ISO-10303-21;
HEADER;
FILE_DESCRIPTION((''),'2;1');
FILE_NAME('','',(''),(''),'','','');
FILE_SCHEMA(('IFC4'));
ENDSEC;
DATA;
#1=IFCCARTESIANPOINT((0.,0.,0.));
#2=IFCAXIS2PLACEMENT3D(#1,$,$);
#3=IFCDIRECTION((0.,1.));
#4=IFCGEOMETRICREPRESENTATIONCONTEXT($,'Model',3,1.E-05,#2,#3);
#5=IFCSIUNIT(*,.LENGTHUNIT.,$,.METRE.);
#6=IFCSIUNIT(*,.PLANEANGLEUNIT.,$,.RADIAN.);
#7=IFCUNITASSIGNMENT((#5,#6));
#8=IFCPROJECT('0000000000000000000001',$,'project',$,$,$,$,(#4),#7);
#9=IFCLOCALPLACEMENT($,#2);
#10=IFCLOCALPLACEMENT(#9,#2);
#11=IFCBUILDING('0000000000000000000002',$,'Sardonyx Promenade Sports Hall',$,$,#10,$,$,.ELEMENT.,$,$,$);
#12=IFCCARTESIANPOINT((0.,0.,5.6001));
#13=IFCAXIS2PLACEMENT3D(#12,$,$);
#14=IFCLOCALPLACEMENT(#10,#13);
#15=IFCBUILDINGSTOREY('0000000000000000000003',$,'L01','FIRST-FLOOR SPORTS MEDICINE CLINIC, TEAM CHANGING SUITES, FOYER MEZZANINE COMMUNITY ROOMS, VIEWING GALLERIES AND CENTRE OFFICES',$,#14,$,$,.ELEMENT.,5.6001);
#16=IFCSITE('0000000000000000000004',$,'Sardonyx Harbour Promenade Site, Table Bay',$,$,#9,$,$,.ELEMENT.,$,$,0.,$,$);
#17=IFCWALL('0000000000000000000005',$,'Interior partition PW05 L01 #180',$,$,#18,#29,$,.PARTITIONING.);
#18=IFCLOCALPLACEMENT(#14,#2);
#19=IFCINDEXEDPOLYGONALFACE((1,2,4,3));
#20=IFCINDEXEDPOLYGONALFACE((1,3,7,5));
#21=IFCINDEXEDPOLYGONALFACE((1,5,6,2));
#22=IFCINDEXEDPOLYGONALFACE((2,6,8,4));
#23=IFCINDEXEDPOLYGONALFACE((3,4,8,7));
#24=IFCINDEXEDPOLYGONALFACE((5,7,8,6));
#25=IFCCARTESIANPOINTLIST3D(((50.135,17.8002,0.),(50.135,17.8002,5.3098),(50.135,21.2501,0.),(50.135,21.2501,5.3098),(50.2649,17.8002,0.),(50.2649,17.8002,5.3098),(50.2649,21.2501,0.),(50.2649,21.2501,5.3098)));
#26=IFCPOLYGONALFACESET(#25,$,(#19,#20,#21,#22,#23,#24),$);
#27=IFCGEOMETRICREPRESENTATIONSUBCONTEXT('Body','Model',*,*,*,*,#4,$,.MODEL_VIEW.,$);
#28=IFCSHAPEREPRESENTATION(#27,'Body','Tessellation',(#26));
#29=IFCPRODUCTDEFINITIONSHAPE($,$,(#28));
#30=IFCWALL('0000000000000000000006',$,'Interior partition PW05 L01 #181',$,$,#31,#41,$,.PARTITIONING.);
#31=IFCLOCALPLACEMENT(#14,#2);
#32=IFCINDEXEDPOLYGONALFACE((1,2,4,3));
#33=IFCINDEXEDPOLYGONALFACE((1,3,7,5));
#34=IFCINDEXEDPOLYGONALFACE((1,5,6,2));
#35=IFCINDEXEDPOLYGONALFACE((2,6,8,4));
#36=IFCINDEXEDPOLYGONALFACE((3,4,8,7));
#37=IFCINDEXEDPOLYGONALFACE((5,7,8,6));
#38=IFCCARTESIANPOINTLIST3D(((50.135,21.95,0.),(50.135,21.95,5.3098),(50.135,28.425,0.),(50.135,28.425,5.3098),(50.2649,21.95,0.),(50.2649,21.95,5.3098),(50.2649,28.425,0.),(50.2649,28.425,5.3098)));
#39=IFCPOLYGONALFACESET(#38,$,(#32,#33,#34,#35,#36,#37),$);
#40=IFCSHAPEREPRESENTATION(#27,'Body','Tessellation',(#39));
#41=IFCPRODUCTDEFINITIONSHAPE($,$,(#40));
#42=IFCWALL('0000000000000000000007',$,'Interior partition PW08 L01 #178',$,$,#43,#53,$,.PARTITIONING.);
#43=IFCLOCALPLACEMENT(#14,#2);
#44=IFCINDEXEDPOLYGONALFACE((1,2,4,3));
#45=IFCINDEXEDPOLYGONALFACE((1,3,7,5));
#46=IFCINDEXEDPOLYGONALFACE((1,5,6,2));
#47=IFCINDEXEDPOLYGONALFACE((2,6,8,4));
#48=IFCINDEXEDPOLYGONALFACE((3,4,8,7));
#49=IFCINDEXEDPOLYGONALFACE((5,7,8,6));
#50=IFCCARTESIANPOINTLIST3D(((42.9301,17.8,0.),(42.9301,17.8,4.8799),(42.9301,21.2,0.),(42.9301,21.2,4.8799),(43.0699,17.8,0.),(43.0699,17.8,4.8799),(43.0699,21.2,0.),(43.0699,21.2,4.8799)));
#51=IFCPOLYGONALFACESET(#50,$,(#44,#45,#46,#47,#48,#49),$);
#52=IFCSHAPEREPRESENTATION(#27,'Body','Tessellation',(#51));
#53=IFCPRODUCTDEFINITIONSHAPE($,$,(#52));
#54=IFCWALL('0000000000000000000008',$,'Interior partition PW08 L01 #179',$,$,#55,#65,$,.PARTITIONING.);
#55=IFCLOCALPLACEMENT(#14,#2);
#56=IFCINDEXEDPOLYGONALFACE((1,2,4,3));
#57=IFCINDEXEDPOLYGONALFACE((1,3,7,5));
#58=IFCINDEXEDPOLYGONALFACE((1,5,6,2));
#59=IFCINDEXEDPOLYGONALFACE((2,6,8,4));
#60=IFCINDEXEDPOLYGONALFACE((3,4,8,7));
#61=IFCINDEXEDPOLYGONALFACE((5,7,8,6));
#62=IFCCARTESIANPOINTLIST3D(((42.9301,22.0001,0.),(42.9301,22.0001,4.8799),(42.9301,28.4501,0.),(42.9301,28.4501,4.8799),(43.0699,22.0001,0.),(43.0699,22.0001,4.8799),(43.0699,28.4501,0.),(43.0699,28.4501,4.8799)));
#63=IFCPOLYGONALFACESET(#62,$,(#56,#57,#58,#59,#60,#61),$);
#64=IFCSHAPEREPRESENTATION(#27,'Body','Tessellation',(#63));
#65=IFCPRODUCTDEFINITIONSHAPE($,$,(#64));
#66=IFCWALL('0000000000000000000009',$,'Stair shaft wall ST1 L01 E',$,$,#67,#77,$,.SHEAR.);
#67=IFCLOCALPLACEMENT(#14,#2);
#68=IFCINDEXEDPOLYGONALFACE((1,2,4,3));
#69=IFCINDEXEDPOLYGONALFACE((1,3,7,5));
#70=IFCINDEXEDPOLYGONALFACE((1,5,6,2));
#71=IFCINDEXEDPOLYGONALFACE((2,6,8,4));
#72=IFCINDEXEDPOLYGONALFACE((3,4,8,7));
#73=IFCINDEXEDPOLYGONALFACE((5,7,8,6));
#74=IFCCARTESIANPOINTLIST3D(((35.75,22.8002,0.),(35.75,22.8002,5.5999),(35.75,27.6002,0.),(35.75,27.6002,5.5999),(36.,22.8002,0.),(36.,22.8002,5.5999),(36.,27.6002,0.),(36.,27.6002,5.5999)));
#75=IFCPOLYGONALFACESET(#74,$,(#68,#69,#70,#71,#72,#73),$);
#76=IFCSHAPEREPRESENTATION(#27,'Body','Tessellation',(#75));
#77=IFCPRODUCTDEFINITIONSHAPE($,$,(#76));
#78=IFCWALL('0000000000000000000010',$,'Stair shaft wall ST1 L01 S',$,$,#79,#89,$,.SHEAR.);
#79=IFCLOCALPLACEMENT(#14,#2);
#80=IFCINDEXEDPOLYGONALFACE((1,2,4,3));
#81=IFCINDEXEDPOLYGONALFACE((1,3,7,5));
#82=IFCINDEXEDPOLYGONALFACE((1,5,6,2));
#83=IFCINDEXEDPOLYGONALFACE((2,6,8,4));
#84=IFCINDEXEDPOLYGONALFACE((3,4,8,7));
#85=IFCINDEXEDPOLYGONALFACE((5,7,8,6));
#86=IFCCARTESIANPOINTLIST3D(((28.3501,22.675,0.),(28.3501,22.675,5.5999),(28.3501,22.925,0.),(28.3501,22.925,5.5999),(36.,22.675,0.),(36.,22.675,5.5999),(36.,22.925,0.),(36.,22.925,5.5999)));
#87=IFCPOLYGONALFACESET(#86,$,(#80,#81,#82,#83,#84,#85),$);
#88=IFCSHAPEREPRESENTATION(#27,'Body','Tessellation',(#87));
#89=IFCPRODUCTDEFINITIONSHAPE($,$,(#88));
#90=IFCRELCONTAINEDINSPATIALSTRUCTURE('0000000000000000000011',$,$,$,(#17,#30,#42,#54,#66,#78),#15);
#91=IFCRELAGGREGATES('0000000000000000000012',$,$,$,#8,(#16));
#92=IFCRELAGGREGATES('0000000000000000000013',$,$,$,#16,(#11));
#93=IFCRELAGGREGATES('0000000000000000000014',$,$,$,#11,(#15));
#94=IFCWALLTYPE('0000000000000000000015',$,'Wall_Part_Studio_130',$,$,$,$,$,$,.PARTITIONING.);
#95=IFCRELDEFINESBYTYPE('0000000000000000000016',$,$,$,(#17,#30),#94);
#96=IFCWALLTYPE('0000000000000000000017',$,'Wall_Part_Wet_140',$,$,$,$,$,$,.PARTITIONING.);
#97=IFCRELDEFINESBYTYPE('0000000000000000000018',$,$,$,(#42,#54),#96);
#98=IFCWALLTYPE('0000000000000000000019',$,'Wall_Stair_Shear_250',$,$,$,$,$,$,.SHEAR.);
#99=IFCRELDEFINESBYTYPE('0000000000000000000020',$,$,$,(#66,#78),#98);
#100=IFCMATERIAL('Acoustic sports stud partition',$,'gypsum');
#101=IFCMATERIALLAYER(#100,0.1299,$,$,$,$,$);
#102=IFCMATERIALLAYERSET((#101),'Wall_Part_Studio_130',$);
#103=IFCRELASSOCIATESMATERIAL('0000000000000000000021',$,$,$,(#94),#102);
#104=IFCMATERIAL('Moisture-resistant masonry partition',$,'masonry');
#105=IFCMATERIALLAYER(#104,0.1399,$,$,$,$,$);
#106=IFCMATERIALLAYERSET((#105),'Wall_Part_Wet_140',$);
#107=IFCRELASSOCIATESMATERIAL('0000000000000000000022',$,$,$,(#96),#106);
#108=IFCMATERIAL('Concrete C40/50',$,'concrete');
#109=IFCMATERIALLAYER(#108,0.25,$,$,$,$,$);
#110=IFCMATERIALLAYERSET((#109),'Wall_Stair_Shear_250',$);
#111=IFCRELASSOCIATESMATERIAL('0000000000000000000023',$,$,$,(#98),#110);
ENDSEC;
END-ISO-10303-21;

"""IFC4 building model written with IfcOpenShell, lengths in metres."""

from ifc_helpers import new_model, si_unit, direction, frame, frame_2d, origin, place, context, subcontext, project, spatial, rectangle, extrude, material, layer, layer_set, type_object, element, save


model = new_model("IFC4")

# Units and contexts
model_context = context("Model", 3, precision=1e-05, world=origin(), true_north=direction((0.0, 1.0)))
body_context = subcontext(model_context, "Body", "Model", "MODEL_VIEW")
ifc_project = project(units=[si_unit("LENGTHUNIT", "METRE"), si_unit("PLANEANGLEUNIT", "RADIAN")], contexts=[model_context])

# Site, building, storey
site_placement = place(None, origin())
site = spatial("IfcSite", under=ifc_project, at=site_placement, Name="Sardonyx Harbour Promenade Site, Table Bay", CompositionType="ELEMENT", RefElevation=0.0)
building_placement = place(site_placement, origin())
building = spatial("IfcBuilding", under=site, at=building_placement, Name="Sardonyx Promenade Sports Hall", CompositionType="ELEMENT")
storey_placement = place(building_placement, frame((0.0, 0.0, 5.6001)))
storey = spatial("IfcBuildingStorey", under=building, at=storey_placement, Name="L01", Description="FIRST-FLOOR SPORTS MEDICINE CLINIC, TEAM CHANGING SUITES, FOYER MEZZANINE COMMUNITY ROOMS, VIEWING GALLERIES AND CENTRE OFFICES", CompositionType="ELEMENT", Elevation=5.6001)

# Walls
ifc_material_1 = material(Name="Acoustic sports stud partition", Category="gypsum")
ifc_layer_1 = layer(ifc_material_1, 0.1299)
ifc_layer_set_1 = layer_set([ifc_layer_1], Name="Wall_Part_Studio_130")
wall_type_1 = type_object("IfcWallType", Name="Wall_Part_Studio_130", PredefinedType="PARTITIONING", material=ifc_layer_set_1)
wall_1_placement = place(storey_placement, frame((50.2, 17.8, 0.0), z_axis=(0.0, 0.0, 1.0), x_axis=(0.0, 1.0, 0.0)))
element("IfcWall", 1, at=wall_1_placement, inside=storey, type_object=wall_type_1, Name="Interior partition PW05 L01 #180", PredefinedType="PARTITIONING", context=body_context, shape_type="SweptSolid", body=[
    extrude(rectangle(XDim=3.45, YDim=0.1299, at=frame_2d((1.7251, 0.0))), origin(), (0.0, 0.0, 1.0), 5.3098),
])
wall_2_placement = place(storey_placement, frame((50.2, 21.95, 0.0), z_axis=(0.0, 0.0, 1.0), x_axis=(0.0, 1.0, 0.0)))
element("IfcWall", 2, at=wall_2_placement, inside=storey, type_object=wall_type_1, Name="Interior partition PW05 L01 #181", PredefinedType="PARTITIONING", context=body_context, shape_type="SweptSolid", body=[
    extrude(rectangle(XDim=6.4751, YDim=0.1299, at=frame_2d((3.2375, 0.0))), origin(), (0.0, 0.0, 1.0), 5.3098),
])
ifc_material_2 = material(Name="Moisture-resistant masonry partition", Category="masonry")
ifc_layer_2 = layer(ifc_material_2, 0.1399)
ifc_layer_set_2 = layer_set([ifc_layer_2], Name="Wall_Part_Wet_140")
wall_type_2 = type_object("IfcWallType", Name="Wall_Part_Wet_140", PredefinedType="PARTITIONING", material=ifc_layer_set_2)
wall_3_placement = place(storey_placement, frame((43.0, 17.8, 0.0), z_axis=(0.0, 0.0, 1.0), x_axis=(0.0, 1.0, 0.0)))
element("IfcWall", 3, at=wall_3_placement, inside=storey, type_object=wall_type_2, Name="Interior partition PW08 L01 #178", PredefinedType="PARTITIONING", context=body_context, shape_type="SweptSolid", body=[
    extrude(rectangle(XDim=3.3999, YDim=0.1399, at=frame_2d((1.7, 0.0))), origin(), (0.0, 0.0, 1.0), 4.8799),
])
wall_4_placement = place(storey_placement, frame((43.0, 22.0, 0.0), z_axis=(0.0, 0.0, 1.0), x_axis=(0.0, 1.0, 0.0)))
element("IfcWall", 4, at=wall_4_placement, inside=storey, type_object=wall_type_2, Name="Interior partition PW08 L01 #179", PredefinedType="PARTITIONING", context=body_context, shape_type="SweptSolid", body=[
    extrude(rectangle(XDim=6.45, YDim=0.1399, at=frame_2d((3.2251, 0.0))), origin(), (0.0, 0.0, 1.0), 4.8799),
])
ifc_material_3 = material(Name="Concrete C40/50", Category="concrete")
ifc_layer_3 = layer(ifc_material_3, 0.25)
ifc_layer_set_3 = layer_set([ifc_layer_3], Name="Wall_Stair_Shear_250")
wall_type_3 = type_object("IfcWallType", Name="Wall_Stair_Shear_250", PredefinedType="SHEAR", material=ifc_layer_set_3)
wall_5_placement = place(storey_placement, frame((35.875, 27.6001, 0.0), z_axis=(0.0, 0.0, 1.0), x_axis=(0.0, -1.0, 0.0)))
element("IfcWall", 5, at=wall_5_placement, inside=storey, type_object=wall_type_3, Name="Stair shaft wall ST1 L01 E", PredefinedType="SHEAR", context=body_context, shape_type="SweptSolid", body=[
    extrude(rectangle(XDim=4.8, YDim=0.25, at=frame_2d((2.3999, 0.0))), origin(), (0.0, 0.0, 1.0), 5.5999),
])
wall_6_placement = place(storey_placement, frame((36.0, 22.8, 0.0), z_axis=(0.0, 0.0, 1.0), x_axis=(-1.0, 0.0, 0.0)))
element("IfcWall", 6, at=wall_6_placement, inside=storey, type_object=wall_type_3, Name="Stair shaft wall ST1 L01 S", PredefinedType="SHEAR", context=body_context, shape_type="SweptSolid", body=[
    extrude(rectangle(XDim=7.6499, YDim=0.25, at=frame_2d((3.825, 0.0))), origin(), (0.0, 0.0, 1.0), 5.5999),
])

save(model, "model.ifc")
